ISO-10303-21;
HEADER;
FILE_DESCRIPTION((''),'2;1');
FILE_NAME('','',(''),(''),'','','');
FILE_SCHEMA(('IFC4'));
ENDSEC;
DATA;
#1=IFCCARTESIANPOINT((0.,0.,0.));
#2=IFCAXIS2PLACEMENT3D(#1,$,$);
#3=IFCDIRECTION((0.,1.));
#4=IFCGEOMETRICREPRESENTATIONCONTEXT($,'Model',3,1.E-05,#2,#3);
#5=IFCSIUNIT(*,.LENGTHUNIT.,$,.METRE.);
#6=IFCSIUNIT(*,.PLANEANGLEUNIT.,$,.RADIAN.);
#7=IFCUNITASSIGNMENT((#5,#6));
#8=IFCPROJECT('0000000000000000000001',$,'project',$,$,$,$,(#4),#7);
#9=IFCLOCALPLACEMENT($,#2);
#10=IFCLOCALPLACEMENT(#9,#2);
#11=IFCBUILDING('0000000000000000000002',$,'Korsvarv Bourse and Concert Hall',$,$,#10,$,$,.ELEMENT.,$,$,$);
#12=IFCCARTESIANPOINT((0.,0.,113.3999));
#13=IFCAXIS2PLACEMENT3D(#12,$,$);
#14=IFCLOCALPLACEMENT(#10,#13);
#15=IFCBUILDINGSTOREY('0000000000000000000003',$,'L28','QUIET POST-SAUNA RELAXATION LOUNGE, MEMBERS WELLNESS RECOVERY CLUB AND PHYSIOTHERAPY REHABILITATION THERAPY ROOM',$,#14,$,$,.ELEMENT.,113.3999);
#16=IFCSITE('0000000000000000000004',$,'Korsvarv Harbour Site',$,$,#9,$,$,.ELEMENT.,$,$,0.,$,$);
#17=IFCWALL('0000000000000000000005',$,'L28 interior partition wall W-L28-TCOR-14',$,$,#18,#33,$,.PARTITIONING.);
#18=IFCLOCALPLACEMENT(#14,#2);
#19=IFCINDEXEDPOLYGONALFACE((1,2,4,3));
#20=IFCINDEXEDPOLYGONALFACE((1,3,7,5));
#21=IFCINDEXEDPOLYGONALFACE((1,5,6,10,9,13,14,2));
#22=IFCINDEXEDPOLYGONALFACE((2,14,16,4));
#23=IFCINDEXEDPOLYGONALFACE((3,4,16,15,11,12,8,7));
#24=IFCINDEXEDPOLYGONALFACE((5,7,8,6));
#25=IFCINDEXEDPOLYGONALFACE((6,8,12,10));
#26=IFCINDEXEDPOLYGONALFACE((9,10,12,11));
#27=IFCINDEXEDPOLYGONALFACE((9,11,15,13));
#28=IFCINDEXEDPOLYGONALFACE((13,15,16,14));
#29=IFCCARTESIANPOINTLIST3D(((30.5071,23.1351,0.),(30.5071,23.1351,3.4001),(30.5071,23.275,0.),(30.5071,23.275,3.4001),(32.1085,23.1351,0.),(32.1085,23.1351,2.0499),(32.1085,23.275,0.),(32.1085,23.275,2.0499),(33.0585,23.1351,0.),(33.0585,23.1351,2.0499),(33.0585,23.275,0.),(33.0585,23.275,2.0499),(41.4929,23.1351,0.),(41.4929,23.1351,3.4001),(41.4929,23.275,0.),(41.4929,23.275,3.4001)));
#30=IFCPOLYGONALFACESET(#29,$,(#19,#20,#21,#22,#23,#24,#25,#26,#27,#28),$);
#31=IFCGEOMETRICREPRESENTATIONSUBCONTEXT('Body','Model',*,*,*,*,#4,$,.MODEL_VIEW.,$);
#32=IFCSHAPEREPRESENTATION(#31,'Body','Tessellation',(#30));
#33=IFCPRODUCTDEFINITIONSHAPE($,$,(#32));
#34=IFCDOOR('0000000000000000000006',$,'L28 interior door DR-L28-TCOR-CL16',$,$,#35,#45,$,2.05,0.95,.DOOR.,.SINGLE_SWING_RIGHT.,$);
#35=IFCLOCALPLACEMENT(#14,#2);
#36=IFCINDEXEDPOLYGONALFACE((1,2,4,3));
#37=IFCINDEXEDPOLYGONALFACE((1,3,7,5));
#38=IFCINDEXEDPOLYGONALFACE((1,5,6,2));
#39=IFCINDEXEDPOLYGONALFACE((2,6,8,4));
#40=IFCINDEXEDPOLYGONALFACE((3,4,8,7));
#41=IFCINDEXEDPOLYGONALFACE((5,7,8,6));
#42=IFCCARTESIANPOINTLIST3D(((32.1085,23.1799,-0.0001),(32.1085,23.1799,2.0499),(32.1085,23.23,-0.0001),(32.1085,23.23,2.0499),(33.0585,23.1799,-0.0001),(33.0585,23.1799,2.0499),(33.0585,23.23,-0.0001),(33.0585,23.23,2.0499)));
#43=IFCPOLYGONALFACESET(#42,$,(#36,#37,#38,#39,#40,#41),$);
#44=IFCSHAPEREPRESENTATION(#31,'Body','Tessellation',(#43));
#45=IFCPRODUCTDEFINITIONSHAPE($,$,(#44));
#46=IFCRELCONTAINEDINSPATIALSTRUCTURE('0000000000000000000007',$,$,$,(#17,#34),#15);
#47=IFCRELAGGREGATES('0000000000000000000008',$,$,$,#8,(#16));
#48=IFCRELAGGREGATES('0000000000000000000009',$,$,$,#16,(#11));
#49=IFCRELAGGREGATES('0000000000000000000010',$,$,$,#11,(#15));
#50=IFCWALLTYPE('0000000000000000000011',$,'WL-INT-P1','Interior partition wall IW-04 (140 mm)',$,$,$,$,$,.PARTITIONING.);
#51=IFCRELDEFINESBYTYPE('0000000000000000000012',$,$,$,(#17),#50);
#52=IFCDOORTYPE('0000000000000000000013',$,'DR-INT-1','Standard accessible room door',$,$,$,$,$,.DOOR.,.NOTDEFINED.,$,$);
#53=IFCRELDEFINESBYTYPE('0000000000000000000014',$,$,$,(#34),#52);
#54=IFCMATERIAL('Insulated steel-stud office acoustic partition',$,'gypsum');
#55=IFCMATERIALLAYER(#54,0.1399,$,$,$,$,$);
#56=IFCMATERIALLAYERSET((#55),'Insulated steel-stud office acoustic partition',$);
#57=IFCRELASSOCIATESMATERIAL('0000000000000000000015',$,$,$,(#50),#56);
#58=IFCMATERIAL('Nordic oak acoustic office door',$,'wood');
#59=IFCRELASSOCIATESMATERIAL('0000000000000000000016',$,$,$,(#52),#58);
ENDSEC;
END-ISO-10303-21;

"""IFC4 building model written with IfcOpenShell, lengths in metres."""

from ifc_helpers import new_model, si_unit, direction, frame, frame_2d, origin, place, context, subcontext, project, spatial, rectangle, extrude, material, layer, layer_set, type_object, element, fill, save


model = new_model("IFC4")

# Units and contexts
model_context = context("Model", 3, precision=1e-05, world=origin(), true_north=direction((0.0, 1.0)))
body_context = subcontext(model_context, "Body", "Model", "MODEL_VIEW")
ifc_project = project(units=[si_unit("LENGTHUNIT", "METRE"), si_unit("PLANEANGLEUNIT", "RADIAN")], contexts=[model_context])

# Site, building, storey
site_placement = place(None, origin())
site = spatial("IfcSite", under=ifc_project, at=site_placement, Name="Korsvarv Harbour Site", CompositionType="ELEMENT", RefElevation=0.0)
building_placement = place(site_placement, origin())
building = spatial("IfcBuilding", under=site, at=building_placement, Name="Korsvarv Bourse and Concert Hall", CompositionType="ELEMENT")
storey_placement = place(building_placement, frame((0.0, 0.0, 113.3999)))
storey = spatial("IfcBuildingStorey", under=building, at=storey_placement, Name="L28", Description="QUIET POST-SAUNA RELAXATION LOUNGE, MEMBERS WELLNESS RECOVERY CLUB AND PHYSIOTHERAPY REHABILITATION THERAPY ROOM", CompositionType="ELEMENT", Elevation=113.3999)

# Wall, opening, door
ifc_material_1 = material(Name="Insulated steel-stud office acoustic partition", Category="gypsum")
ifc_layer_1 = layer(ifc_material_1, 0.1399)
ifc_layer_set_1 = layer_set([ifc_layer_1], Name="Insulated steel-stud office acoustic partition")
wall_type_1 = type_object("IfcWallType", Name="WL-INT-P1", Description="Interior partition wall IW-04 (140 mm)", PredefinedType="PARTITIONING", material=ifc_layer_set_1)
wall_1_placement = place(storey_placement, frame((30.5071, 23.2051, 0.0), z_axis=(0.0, 0.0, 1.0), x_axis=(1.0, 0.0, 0.0)))
wall_1 = element("IfcWall", 1, at=wall_1_placement, inside=storey, type_object=wall_type_1, Name="L28 interior partition wall W-L28-TCOR-14", PredefinedType="PARTITIONING", context=body_context, shape_type="SweptSolid", body=[
    extrude(rectangle(XDim=10.9858, YDim=0.1399, at=frame_2d((5.4929, 0.0))), origin(), (0.0, 0.0, 1.0), 3.4001),
])
opening_1_placement = place(wall_1_placement, frame((1.6013, 0.0, 0.0)))
opening_1 = element("IfcOpeningElement", 2, at=opening_1_placement, cuts=wall_1, PredefinedType="OPENING", context=body_context, shape_type="SweptSolid", body=[
    extrude(rectangle(XDim=0.95, YDim=2.05, at=frame_2d((0.4751, 1.0249))), frame((0.0, 0.0801, 0.0), z_axis=(0.0, -1.0, 0.0), x_axis=(1.0, 0.0, 0.0)), (0.0, 0.0, 1.0), 0.1599),
])
ifc_material_2 = material(Name="Nordic oak acoustic office door", Category="wood")
door_type_1 = type_object("IfcDoorType", Name="DR-INT-1", Description="Standard accessible room door", OperationType="NOTDEFINED", PredefinedType="DOOR", material=ifc_material_2)
door_1_placement = place(opening_1_placement, origin())
door_1 = element("IfcDoor", 3, at=door_1_placement, inside=storey, type_object=door_type_1, Name="L28 interior door DR-L28-TCOR-CL16", OperationType="SINGLE_SWING_RIGHT", OverallHeight=2.05, OverallWidth=0.95, PredefinedType="DOOR", context=body_context, shape_type="SweptSolid", body=[
    extrude(rectangle(XDim=0.95, YDim=2.05, at=frame_2d((0.4751, 1.0249))), frame((0.0, 0.0249, 0.0), z_axis=(0.0, -1.0, 0.0), x_axis=(1.0, 0.0, 0.0)), (0.0, 0.0, 1.0), 0.05),
])
fill(opening_1, door_1)

save(model, "model.ifc")
